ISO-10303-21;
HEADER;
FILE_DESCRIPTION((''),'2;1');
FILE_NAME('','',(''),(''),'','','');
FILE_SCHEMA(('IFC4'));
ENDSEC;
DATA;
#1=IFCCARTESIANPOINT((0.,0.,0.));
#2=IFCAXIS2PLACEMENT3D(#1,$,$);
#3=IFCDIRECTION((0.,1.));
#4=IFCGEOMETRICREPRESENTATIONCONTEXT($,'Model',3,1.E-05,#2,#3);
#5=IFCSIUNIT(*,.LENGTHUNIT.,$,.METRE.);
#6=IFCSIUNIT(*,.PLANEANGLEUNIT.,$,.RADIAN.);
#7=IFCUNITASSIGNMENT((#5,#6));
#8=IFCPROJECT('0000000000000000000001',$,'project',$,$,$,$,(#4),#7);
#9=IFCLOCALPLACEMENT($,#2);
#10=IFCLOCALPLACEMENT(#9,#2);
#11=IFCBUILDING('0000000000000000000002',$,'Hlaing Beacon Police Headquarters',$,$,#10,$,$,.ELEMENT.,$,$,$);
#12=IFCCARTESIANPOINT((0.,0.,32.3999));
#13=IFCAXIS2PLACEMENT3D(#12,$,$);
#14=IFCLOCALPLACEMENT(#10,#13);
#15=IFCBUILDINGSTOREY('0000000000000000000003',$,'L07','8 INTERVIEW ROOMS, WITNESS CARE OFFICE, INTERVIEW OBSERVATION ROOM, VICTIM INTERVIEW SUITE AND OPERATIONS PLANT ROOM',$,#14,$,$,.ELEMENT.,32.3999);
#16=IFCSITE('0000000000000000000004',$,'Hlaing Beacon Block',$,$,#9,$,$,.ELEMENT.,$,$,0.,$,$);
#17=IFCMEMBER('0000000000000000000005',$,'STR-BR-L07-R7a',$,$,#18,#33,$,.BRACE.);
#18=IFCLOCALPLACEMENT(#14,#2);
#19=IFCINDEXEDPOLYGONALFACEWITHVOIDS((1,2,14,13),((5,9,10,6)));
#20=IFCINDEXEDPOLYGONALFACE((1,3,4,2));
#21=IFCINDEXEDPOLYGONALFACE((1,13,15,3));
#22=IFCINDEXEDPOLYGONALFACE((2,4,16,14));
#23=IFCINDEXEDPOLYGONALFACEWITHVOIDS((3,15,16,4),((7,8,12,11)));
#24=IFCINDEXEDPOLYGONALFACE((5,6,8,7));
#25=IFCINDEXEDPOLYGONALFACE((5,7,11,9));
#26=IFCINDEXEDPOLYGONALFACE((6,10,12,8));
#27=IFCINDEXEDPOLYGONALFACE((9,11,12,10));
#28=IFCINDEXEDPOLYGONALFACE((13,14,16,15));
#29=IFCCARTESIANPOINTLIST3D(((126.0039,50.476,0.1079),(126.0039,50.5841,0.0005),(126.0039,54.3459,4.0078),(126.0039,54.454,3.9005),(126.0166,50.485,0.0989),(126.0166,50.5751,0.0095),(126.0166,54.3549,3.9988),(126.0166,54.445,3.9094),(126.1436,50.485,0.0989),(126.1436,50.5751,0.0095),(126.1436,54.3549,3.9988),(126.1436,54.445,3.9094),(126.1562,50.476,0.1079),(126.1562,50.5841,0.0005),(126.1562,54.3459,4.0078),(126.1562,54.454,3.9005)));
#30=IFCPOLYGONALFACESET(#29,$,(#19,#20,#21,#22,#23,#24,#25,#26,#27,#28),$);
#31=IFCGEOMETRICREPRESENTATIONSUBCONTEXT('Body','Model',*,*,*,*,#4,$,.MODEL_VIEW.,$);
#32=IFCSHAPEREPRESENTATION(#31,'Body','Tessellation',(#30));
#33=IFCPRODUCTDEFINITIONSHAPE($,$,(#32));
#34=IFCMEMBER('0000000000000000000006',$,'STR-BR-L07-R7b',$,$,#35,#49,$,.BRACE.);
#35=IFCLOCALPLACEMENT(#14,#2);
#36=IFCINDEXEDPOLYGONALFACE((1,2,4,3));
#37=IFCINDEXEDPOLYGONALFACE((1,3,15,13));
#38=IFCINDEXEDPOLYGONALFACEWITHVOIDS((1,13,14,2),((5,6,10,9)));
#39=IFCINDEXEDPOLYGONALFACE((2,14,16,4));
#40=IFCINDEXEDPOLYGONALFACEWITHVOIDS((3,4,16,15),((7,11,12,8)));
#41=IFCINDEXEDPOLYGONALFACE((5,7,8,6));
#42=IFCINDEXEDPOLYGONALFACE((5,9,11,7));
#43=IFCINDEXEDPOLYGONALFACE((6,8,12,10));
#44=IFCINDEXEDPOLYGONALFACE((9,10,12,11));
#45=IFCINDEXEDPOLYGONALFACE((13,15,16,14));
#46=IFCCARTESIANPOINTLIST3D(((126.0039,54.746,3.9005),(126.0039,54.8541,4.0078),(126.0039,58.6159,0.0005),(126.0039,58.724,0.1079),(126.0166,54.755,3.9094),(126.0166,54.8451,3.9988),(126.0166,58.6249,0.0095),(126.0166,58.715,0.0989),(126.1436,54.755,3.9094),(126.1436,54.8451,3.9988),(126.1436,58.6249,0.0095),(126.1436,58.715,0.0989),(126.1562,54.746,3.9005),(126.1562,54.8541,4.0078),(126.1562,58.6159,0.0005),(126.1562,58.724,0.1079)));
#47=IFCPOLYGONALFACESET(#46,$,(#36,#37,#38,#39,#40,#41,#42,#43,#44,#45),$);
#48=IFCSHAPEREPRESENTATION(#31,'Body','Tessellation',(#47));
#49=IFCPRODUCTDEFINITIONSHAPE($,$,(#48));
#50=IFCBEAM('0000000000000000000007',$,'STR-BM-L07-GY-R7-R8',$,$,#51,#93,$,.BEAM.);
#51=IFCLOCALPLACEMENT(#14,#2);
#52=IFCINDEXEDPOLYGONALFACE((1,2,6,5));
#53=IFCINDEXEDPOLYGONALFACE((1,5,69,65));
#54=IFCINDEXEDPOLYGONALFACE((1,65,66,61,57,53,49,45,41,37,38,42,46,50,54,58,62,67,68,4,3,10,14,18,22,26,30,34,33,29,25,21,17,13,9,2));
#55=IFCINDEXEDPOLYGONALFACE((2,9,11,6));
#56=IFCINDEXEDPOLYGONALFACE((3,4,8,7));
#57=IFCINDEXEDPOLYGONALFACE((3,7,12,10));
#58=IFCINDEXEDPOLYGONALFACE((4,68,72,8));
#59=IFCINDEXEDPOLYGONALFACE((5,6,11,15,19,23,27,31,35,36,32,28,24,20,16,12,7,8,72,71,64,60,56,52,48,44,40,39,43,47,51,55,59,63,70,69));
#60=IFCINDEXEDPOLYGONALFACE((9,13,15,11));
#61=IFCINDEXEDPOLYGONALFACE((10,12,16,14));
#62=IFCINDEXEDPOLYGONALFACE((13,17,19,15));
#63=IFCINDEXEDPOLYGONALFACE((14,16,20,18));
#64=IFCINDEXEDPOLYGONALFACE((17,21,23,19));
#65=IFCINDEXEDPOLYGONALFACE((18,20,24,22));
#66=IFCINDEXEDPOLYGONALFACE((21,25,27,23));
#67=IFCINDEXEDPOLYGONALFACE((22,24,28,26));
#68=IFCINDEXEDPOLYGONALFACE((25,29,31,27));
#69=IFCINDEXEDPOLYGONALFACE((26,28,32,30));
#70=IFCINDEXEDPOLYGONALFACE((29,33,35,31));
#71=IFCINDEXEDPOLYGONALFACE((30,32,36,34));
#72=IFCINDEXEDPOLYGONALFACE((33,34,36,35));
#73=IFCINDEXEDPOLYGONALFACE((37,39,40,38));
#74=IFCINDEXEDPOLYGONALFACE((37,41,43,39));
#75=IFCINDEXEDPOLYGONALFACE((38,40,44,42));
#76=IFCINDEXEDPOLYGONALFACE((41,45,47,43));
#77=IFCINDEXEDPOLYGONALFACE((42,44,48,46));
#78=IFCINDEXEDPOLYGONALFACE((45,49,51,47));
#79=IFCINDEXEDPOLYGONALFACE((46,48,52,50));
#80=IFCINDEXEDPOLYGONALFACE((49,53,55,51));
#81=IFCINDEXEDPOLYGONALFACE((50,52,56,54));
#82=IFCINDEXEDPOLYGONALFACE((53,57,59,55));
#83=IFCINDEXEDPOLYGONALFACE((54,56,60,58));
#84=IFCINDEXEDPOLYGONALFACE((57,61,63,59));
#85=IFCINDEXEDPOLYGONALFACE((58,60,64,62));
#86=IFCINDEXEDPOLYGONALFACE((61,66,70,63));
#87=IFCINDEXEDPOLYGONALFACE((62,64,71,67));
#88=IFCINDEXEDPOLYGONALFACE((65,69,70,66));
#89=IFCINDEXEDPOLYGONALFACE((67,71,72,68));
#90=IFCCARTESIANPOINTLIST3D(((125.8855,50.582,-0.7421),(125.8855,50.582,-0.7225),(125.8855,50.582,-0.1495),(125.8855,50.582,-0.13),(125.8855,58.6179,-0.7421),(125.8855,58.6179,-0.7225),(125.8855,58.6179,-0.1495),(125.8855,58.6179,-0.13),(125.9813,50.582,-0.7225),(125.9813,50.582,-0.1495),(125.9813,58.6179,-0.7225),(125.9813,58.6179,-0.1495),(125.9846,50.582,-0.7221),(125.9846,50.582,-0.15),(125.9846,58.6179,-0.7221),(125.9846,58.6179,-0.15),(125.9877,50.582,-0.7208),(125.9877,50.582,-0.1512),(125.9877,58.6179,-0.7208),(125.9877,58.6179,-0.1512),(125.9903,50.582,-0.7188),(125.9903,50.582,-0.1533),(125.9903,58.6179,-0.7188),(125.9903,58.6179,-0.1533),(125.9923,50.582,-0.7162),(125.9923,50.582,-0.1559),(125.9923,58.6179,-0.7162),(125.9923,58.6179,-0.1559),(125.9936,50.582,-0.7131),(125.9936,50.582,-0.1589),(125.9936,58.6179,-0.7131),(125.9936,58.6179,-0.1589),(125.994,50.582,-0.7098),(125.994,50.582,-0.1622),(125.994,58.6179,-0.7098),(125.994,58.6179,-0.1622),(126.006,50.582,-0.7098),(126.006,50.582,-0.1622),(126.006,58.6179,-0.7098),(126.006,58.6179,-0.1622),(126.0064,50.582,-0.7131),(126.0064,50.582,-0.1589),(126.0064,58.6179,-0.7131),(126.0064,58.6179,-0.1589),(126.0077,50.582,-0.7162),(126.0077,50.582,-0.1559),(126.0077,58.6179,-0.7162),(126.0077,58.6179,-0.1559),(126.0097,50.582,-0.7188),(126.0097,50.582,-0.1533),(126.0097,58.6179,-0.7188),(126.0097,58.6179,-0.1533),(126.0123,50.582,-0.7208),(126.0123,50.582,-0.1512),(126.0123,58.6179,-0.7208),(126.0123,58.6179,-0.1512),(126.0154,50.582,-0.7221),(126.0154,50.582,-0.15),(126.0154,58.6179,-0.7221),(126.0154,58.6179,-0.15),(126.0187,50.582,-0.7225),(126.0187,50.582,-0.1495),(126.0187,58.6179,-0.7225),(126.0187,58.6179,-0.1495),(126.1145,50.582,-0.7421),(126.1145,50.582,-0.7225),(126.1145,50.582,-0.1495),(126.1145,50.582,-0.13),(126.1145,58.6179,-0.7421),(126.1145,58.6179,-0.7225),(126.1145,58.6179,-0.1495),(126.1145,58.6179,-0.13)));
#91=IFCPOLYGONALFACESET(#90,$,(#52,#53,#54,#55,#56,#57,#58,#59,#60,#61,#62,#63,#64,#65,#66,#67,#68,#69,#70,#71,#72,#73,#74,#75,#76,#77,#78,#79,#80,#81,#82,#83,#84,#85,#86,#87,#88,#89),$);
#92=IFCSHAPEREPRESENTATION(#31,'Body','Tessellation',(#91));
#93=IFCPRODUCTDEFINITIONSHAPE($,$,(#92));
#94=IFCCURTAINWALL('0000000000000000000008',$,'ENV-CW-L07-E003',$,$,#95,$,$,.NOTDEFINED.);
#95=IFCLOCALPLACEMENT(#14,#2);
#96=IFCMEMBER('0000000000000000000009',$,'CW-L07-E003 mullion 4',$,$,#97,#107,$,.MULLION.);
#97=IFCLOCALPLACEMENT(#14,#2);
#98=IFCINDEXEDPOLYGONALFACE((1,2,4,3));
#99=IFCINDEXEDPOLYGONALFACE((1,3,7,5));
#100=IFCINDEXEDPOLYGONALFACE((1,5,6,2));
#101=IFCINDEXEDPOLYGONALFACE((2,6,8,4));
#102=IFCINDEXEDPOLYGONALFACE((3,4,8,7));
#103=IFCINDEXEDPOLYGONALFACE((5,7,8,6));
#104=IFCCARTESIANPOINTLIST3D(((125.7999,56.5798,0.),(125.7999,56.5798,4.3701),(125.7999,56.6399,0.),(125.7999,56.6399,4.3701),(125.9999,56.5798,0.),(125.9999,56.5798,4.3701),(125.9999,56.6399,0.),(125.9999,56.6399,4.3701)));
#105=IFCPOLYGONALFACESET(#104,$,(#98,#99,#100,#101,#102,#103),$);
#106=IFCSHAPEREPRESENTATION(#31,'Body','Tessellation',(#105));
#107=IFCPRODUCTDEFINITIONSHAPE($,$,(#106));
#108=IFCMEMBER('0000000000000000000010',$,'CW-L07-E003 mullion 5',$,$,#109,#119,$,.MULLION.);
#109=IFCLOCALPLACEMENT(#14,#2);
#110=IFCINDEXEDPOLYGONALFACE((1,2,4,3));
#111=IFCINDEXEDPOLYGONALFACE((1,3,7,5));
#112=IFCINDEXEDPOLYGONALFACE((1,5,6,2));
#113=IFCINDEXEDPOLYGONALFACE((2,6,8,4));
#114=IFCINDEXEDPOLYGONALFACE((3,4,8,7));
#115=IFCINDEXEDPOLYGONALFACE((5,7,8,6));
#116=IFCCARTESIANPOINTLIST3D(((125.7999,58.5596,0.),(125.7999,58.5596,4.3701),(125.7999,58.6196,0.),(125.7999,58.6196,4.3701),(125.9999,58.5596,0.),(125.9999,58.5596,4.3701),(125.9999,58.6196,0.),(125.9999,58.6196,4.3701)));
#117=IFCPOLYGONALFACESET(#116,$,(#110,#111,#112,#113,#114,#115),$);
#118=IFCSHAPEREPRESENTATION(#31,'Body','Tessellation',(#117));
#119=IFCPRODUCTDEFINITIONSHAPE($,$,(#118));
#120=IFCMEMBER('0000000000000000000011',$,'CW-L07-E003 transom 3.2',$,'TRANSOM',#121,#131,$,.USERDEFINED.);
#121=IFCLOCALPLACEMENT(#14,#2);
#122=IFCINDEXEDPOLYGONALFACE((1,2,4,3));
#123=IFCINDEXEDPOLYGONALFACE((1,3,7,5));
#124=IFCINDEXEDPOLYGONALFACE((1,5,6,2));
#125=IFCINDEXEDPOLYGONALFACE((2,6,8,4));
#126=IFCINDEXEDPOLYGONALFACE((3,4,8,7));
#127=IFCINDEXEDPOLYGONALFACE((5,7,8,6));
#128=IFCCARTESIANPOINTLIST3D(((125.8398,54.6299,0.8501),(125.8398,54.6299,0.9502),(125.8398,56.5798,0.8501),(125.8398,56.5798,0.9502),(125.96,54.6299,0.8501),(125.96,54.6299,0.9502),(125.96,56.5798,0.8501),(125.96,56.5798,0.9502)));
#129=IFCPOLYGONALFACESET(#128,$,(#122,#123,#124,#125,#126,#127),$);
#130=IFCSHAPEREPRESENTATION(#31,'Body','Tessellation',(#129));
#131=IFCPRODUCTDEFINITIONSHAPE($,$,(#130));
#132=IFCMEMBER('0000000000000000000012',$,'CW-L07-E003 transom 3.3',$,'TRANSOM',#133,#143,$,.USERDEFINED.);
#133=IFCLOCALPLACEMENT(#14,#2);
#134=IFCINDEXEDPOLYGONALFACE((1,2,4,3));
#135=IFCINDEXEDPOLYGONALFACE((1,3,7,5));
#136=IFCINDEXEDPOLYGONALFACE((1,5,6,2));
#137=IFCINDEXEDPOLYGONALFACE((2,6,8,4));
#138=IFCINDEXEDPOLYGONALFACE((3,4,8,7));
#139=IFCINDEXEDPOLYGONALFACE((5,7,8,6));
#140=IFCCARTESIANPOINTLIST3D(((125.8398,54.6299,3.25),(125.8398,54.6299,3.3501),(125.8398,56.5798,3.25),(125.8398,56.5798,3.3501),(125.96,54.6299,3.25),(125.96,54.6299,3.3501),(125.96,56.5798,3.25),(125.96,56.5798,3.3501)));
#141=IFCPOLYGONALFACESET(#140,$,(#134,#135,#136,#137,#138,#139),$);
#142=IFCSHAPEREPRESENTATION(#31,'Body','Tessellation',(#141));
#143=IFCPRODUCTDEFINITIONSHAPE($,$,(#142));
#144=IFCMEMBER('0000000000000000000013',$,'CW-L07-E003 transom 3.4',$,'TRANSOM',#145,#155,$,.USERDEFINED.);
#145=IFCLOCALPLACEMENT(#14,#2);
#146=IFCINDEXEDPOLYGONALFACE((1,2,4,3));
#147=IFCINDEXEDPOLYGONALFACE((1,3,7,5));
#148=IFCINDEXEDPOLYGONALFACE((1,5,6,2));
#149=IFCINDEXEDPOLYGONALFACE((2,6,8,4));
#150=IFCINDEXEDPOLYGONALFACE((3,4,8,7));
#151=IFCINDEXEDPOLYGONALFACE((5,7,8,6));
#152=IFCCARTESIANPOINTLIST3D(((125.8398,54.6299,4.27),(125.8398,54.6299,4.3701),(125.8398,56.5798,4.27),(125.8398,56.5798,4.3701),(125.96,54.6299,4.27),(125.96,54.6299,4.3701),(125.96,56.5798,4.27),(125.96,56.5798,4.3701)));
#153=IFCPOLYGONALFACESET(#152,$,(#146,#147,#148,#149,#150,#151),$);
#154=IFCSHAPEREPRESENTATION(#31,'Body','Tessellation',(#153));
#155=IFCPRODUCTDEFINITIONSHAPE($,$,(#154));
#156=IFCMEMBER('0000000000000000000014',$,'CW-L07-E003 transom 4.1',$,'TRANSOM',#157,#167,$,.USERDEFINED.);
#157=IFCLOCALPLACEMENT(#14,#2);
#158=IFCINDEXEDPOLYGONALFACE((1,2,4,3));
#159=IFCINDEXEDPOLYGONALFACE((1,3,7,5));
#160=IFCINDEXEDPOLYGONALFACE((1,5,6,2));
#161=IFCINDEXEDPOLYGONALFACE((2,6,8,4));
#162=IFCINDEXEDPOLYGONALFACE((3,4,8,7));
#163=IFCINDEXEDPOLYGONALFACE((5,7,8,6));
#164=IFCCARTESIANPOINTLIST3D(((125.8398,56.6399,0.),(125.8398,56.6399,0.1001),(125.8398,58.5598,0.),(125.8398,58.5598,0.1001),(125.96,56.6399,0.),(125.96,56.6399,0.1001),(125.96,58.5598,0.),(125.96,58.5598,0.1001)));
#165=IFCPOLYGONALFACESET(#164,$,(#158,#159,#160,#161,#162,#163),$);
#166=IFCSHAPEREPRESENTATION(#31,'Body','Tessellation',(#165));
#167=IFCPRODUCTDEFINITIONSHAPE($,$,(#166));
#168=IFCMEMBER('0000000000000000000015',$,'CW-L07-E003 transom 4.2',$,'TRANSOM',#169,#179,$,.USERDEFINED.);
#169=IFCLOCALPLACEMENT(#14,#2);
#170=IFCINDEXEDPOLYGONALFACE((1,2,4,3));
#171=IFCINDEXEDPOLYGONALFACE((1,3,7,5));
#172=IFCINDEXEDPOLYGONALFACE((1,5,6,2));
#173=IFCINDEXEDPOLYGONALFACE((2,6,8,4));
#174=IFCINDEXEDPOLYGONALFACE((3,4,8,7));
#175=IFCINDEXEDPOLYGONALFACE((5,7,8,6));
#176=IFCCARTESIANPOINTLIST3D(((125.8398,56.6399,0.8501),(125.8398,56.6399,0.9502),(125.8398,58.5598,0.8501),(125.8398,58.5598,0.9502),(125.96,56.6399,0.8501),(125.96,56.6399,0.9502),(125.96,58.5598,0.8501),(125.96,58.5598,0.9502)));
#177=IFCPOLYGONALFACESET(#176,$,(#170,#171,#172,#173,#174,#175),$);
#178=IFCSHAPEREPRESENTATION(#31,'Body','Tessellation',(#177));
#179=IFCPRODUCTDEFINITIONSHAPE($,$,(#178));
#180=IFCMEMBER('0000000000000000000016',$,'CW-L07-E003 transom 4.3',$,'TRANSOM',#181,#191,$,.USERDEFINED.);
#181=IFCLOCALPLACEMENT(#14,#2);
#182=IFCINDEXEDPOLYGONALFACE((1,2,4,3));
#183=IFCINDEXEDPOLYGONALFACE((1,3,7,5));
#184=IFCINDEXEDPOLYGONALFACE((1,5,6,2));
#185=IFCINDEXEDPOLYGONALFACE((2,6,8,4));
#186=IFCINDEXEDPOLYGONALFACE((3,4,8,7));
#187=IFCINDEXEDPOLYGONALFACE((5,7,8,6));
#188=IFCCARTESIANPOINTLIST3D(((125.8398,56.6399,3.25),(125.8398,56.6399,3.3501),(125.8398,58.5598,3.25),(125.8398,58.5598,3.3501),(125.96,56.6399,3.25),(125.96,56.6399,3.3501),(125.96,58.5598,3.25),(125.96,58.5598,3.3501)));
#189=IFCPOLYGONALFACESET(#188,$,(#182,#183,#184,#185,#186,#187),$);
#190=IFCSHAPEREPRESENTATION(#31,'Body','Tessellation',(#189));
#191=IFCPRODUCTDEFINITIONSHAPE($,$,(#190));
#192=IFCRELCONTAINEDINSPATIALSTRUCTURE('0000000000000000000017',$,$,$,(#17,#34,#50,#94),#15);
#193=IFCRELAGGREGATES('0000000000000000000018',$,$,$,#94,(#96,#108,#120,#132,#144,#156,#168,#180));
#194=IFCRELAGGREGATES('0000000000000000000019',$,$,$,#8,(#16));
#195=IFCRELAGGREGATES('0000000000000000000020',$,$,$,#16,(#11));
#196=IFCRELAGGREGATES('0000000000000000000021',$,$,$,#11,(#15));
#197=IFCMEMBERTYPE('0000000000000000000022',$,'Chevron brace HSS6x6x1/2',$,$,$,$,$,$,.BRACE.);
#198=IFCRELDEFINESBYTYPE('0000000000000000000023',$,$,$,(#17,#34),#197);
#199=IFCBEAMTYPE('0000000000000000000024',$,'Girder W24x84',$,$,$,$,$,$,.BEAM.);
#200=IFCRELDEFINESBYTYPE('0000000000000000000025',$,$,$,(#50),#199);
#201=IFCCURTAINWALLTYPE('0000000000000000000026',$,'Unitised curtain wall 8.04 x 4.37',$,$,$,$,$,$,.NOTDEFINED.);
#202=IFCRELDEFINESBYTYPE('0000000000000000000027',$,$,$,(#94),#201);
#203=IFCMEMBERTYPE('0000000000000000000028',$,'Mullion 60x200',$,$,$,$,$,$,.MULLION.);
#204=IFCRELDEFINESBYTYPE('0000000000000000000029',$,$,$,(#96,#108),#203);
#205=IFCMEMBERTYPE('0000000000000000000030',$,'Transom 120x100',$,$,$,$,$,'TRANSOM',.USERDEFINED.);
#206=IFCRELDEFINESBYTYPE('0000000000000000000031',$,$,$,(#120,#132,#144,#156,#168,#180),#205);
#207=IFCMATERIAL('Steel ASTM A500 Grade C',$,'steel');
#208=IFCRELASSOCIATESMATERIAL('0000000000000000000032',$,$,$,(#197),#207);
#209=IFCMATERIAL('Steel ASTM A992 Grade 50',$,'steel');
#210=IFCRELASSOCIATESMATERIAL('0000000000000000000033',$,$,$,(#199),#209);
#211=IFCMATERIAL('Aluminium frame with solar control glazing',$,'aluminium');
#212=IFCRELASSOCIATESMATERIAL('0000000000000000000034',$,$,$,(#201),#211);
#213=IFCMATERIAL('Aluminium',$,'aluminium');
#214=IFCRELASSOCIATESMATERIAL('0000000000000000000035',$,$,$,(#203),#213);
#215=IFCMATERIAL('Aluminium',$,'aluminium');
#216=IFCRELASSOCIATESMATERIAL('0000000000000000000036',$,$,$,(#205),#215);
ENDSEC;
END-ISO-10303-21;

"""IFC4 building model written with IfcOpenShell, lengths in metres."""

from ifc_helpers import new_model, si_unit, direction, frame, origin, origin_2d, place, context, subcontext, project, spatial, rectangle, hollow_rectangle, i_section, extrude, material, material_profile, profile_set, type_object, element, aggregate, save


model = new_model("IFC4")

# Units and contexts
model_context = context("Model", 3, precision=1e-05, world=origin(), true_north=direction((0.0, 1.0)))
body_context = subcontext(model_context, "Body", "Model", "MODEL_VIEW")
ifc_project = project(units=[si_unit("LENGTHUNIT", "METRE"), si_unit("PLANEANGLEUNIT", "RADIAN")], contexts=[model_context])

# Site, building, storey
site_placement = place(None, origin())
site = spatial("IfcSite", under=ifc_project, at=site_placement, Name="Hlaing Beacon Block", CompositionType="ELEMENT", RefElevation=0.0)
building_placement = place(site_placement, origin())
building = spatial("IfcBuilding", under=site, at=building_placement, Name="Hlaing Beacon Police Headquarters", CompositionType="ELEMENT")
storey_placement = place(building_placement, frame((0.0, 0.0, 32.3999)))
storey = spatial("IfcBuildingStorey", under=building, at=storey_placement, Name="L07", Description="8 INTERVIEW ROOMS, WITNESS CARE OFFICE, INTERVIEW OBSERVATION ROOM, VICTIM INTERVIEW SUITE AND OPERATIONS PLANT ROOM", CompositionType="ELEMENT", Elevation=32.3999)

# Members
ifc_material_1 = material(Name="Steel ASTM A500 Grade C", Category="steel")
ifc_material_profile_1 = material_profile(ifc_material_1, hollow_rectangle(XDim=0.1523, YDim=0.1523, WallThickness=0.0127, at=origin_2d()), Name="HSS6x6x1/2")
ifc_profile_set_1 = profile_set([ifc_material_profile_1], Name="Steel ASTM A500 Grade C")
member_type_1 = type_object("IfcMemberType", Name="Chevron brace HSS6x6x1/2", PredefinedType="BRACE", material=ifc_profile_set_1)
for number, where, z_axis, x_axis, name in (
    (1, (126.0801, 50.53, 0.0542), (0.0, 0.704369, 0.709834), (-1.0, 0.0, 0.0), "STR-BR-L07-R7a"),
    (2, (126.0801, 58.6699, 0.0542), (0.0, -0.704369, 0.709834), (1.0, 0.0, 0.0), "STR-BR-L07-R7b"),
):
    element("IfcMember", number, at=place(storey_placement, frame(where, z_axis=z_axis, x_axis=x_axis)), inside=storey, type_object=member_type_1, Name=name, PredefinedType="BRACE", context=body_context, shape_type="SweptSolid", body=[
        extrude(hollow_rectangle(XDim=0.1523, YDim=0.1523, WallThickness=0.0127, at=origin_2d()), origin(), (0.0, 0.0, 1.0), 5.4941),
    ])

# Beam
ifc_material_2 = material(Name="Steel ASTM A992 Grade 50", Category="steel")
ifc_material_profile_2 = material_profile(ifc_material_2, i_section(OverallWidth=0.229, OverallDepth=0.6121, WebThickness=0.012, FlangeThickness=0.0195, FilletRadius=0.0127, at=origin_2d()), Name="W24x84")
ifc_profile_set_2 = profile_set([ifc_material_profile_2], Name="Steel ASTM A992 Grade 50")
beam_type = type_object("IfcBeamType", Name="Girder W24x84", PredefinedType="BEAM", material=ifc_profile_set_2)
beam_placement = place(storey_placement, frame((126.0, 50.582, -0.436), z_axis=(0.0, 1.0, 0.0), x_axis=(-1.0, 0.0, 0.0)))
element("IfcBeam", 3, at=beam_placement, inside=storey, type_object=beam_type, Name="STR-BM-L07-GY-R7-R8", PredefinedType="BEAM", context=body_context, shape_type="SweptSolid", body=[
    extrude(i_section(OverallWidth=0.229, OverallDepth=0.6121, WebThickness=0.012, FlangeThickness=0.0195, FilletRadius=0.0127, at=origin_2d()), origin(), (0.0, 0.0, 1.0), 8.0359),
])

# Curtain wall, members
ifc_material_3 = material(Name="Aluminium frame with solar control glazing", Category="aluminium")
curtain_wall_type = type_object("IfcCurtainWallType", Name="Unitised curtain wall 8.04 x 4.37", PredefinedType="NOTDEFINED", material=ifc_material_3)
curtain_wall_placement = place(storey_placement, origin())
curtain_wall = element("IfcCurtainWall", 4, at=curtain_wall_placement, inside=storey, type_object=curtain_wall_type, Name="ENV-CW-L07-E003", PredefinedType="NOTDEFINED")
ifc_material_4 = material(Name="Aluminium", Category="aluminium")
ifc_material_profile_3 = material_profile(ifc_material_4, rectangle(XDim=0.2, YDim=0.0601, at=origin_2d()), Name="Mullion 60x200")
ifc_profile_set_3 = profile_set([ifc_material_profile_3], Name="Aluminium")
member_type_2 = type_object("IfcMemberType", Name="Mullion 60x200", PredefinedType="MULLION", material=ifc_profile_set_3)
member_1_placement = place(storey_placement, frame((125.8999, 56.6099, 0.0), z_axis=(0.0, 0.0, 1.0), x_axis=(-1.0, 0.0, 0.0)))
member_1 = element("IfcMember", 5, at=member_1_placement, type_object=member_type_2, Name="CW-L07-E003 mullion 4", PredefinedType="MULLION", context=body_context, shape_type="SweptSolid", body=[
    extrude(rectangle(XDim=0.2, YDim=0.0601, at=origin_2d()), origin(), (0.0, 0.0, 1.0), 4.3701),
])
member_2_placement = place(storey_placement, frame((125.8999, 58.5896, 0.0), z_axis=(0.0, 0.0, 1.0), x_axis=(-1.0, 0.0, 0.0)))
member_2 = element("IfcMember", 6, at=member_2_placement, type_object=member_type_2, Name="CW-L07-E003 mullion 5", PredefinedType="MULLION", context=body_context, shape_type="SweptSolid", body=[
    extrude(rectangle(XDim=0.2, YDim=0.0601, at=origin_2d()), origin(), (0.0, 0.0, 1.0), 4.3701),
])
ifc_material_5 = material(Name="Aluminium", Category="aluminium")
ifc_material_profile_4 = material_profile(ifc_material_5, rectangle(XDim=0.1201, YDim=0.1001, at=origin_2d()), Name="Transom 120x100")
ifc_profile_set_4 = profile_set([ifc_material_profile_4], Name="Aluminium")
member_type_3 = type_object("IfcMemberType", Name="Transom 120x100", ElementType="TRANSOM", PredefinedType="USERDEFINED", material=ifc_profile_set_4)
member_3_placement = place(storey_placement, frame((125.8999, 54.6299, 0.9001), z_axis=(0.0, 1.0, 0.0), x_axis=(-1.0, 0.0, 0.0)))
member_3 = element("IfcMember", 7, at=member_3_placement, type_object=member_type_3, Name="CW-L07-E003 transom 3.2", ObjectType="TRANSOM", PredefinedType="USERDEFINED", context=body_context, shape_type="SweptSolid", body=[
    extrude(rectangle(XDim=0.1201, YDim=0.1001, at=origin_2d()), origin(), (0.0, 0.0, 1.0), 1.95),
])
member_4_placement = place(storey_placement, frame((125.8999, 54.6299, 3.3), z_axis=(0.0, 1.0, 0.0), x_axis=(-1.0, 0.0, 0.0)))
member_4 = element("IfcMember", 8, at=member_4_placement, type_object=member_type_3, Name="CW-L07-E003 transom 3.3", ObjectType="TRANSOM", PredefinedType="USERDEFINED", context=body_context, shape_type="SweptSolid", body=[
    extrude(rectangle(XDim=0.1201, YDim=0.1001, at=origin_2d()), origin(), (0.0, 0.0, 1.0), 1.95),
])
member_5_placement = place(storey_placement, frame((125.8999, 54.6299, 4.3201), z_axis=(0.0, 1.0, 0.0), x_axis=(-1.0, 0.0, 0.0)))
member_5 = element("IfcMember", 9, at=member_5_placement, type_object=member_type_3, Name="CW-L07-E003 transom 3.4", ObjectType="TRANSOM", PredefinedType="USERDEFINED", context=body_context, shape_type="SweptSolid", body=[
    extrude(rectangle(XDim=0.1201, YDim=0.1001, at=origin_2d()), origin(), (0.0, 0.0, 1.0), 1.95),
])
member_6_placement = place(storey_placement, frame((125.8999, 56.6399, 0.05), z_axis=(0.0, 1.0, 0.0), x_axis=(-1.0, 0.0, 0.0)))
member_6 = element("IfcMember", 10, at=member_6_placement, type_object=member_type_3, Name="CW-L07-E003 transom 4.1", ObjectType="TRANSOM", PredefinedType="USERDEFINED", context=body_context, shape_type="SweptSolid", body=[
    extrude(rectangle(XDim=0.1201, YDim=0.1001, at=origin_2d()), origin(), (0.0, 0.0, 1.0), 1.9199),
])
member_7_placement = place(storey_placement, frame((125.8999, 56.6399, 0.9001), z_axis=(0.0, 1.0, 0.0), x_axis=(-1.0, 0.0, 0.0)))
member_7 = element("IfcMember", 11, at=member_7_placement, type_object=member_type_3, Name="CW-L07-E003 transom 4.2", ObjectType="TRANSOM", PredefinedType="USERDEFINED", context=body_context, shape_type="SweptSolid", body=[
    extrude(rectangle(XDim=0.1201, YDim=0.1001, at=origin_2d()), origin(), (0.0, 0.0, 1.0), 1.9199),
])
member_8_placement = place(storey_placement, frame((125.8999, 56.6399, 3.3), z_axis=(0.0, 1.0, 0.0), x_axis=(-1.0, 0.0, 0.0)))
member_8 = element("IfcMember", 12, at=member_8_placement, type_object=member_type_3, Name="CW-L07-E003 transom 4.3", ObjectType="TRANSOM", PredefinedType="USERDEFINED", context=body_context, shape_type="SweptSolid", body=[
    extrude(rectangle(XDim=0.1201, YDim=0.1001, at=origin_2d()), origin(), (0.0, 0.0, 1.0), 1.9199),
])
aggregate(curtain_wall, [member_1, member_2, member_3, member_4, member_5, member_6, member_7, member_8])

save(model, "model.ifc")
